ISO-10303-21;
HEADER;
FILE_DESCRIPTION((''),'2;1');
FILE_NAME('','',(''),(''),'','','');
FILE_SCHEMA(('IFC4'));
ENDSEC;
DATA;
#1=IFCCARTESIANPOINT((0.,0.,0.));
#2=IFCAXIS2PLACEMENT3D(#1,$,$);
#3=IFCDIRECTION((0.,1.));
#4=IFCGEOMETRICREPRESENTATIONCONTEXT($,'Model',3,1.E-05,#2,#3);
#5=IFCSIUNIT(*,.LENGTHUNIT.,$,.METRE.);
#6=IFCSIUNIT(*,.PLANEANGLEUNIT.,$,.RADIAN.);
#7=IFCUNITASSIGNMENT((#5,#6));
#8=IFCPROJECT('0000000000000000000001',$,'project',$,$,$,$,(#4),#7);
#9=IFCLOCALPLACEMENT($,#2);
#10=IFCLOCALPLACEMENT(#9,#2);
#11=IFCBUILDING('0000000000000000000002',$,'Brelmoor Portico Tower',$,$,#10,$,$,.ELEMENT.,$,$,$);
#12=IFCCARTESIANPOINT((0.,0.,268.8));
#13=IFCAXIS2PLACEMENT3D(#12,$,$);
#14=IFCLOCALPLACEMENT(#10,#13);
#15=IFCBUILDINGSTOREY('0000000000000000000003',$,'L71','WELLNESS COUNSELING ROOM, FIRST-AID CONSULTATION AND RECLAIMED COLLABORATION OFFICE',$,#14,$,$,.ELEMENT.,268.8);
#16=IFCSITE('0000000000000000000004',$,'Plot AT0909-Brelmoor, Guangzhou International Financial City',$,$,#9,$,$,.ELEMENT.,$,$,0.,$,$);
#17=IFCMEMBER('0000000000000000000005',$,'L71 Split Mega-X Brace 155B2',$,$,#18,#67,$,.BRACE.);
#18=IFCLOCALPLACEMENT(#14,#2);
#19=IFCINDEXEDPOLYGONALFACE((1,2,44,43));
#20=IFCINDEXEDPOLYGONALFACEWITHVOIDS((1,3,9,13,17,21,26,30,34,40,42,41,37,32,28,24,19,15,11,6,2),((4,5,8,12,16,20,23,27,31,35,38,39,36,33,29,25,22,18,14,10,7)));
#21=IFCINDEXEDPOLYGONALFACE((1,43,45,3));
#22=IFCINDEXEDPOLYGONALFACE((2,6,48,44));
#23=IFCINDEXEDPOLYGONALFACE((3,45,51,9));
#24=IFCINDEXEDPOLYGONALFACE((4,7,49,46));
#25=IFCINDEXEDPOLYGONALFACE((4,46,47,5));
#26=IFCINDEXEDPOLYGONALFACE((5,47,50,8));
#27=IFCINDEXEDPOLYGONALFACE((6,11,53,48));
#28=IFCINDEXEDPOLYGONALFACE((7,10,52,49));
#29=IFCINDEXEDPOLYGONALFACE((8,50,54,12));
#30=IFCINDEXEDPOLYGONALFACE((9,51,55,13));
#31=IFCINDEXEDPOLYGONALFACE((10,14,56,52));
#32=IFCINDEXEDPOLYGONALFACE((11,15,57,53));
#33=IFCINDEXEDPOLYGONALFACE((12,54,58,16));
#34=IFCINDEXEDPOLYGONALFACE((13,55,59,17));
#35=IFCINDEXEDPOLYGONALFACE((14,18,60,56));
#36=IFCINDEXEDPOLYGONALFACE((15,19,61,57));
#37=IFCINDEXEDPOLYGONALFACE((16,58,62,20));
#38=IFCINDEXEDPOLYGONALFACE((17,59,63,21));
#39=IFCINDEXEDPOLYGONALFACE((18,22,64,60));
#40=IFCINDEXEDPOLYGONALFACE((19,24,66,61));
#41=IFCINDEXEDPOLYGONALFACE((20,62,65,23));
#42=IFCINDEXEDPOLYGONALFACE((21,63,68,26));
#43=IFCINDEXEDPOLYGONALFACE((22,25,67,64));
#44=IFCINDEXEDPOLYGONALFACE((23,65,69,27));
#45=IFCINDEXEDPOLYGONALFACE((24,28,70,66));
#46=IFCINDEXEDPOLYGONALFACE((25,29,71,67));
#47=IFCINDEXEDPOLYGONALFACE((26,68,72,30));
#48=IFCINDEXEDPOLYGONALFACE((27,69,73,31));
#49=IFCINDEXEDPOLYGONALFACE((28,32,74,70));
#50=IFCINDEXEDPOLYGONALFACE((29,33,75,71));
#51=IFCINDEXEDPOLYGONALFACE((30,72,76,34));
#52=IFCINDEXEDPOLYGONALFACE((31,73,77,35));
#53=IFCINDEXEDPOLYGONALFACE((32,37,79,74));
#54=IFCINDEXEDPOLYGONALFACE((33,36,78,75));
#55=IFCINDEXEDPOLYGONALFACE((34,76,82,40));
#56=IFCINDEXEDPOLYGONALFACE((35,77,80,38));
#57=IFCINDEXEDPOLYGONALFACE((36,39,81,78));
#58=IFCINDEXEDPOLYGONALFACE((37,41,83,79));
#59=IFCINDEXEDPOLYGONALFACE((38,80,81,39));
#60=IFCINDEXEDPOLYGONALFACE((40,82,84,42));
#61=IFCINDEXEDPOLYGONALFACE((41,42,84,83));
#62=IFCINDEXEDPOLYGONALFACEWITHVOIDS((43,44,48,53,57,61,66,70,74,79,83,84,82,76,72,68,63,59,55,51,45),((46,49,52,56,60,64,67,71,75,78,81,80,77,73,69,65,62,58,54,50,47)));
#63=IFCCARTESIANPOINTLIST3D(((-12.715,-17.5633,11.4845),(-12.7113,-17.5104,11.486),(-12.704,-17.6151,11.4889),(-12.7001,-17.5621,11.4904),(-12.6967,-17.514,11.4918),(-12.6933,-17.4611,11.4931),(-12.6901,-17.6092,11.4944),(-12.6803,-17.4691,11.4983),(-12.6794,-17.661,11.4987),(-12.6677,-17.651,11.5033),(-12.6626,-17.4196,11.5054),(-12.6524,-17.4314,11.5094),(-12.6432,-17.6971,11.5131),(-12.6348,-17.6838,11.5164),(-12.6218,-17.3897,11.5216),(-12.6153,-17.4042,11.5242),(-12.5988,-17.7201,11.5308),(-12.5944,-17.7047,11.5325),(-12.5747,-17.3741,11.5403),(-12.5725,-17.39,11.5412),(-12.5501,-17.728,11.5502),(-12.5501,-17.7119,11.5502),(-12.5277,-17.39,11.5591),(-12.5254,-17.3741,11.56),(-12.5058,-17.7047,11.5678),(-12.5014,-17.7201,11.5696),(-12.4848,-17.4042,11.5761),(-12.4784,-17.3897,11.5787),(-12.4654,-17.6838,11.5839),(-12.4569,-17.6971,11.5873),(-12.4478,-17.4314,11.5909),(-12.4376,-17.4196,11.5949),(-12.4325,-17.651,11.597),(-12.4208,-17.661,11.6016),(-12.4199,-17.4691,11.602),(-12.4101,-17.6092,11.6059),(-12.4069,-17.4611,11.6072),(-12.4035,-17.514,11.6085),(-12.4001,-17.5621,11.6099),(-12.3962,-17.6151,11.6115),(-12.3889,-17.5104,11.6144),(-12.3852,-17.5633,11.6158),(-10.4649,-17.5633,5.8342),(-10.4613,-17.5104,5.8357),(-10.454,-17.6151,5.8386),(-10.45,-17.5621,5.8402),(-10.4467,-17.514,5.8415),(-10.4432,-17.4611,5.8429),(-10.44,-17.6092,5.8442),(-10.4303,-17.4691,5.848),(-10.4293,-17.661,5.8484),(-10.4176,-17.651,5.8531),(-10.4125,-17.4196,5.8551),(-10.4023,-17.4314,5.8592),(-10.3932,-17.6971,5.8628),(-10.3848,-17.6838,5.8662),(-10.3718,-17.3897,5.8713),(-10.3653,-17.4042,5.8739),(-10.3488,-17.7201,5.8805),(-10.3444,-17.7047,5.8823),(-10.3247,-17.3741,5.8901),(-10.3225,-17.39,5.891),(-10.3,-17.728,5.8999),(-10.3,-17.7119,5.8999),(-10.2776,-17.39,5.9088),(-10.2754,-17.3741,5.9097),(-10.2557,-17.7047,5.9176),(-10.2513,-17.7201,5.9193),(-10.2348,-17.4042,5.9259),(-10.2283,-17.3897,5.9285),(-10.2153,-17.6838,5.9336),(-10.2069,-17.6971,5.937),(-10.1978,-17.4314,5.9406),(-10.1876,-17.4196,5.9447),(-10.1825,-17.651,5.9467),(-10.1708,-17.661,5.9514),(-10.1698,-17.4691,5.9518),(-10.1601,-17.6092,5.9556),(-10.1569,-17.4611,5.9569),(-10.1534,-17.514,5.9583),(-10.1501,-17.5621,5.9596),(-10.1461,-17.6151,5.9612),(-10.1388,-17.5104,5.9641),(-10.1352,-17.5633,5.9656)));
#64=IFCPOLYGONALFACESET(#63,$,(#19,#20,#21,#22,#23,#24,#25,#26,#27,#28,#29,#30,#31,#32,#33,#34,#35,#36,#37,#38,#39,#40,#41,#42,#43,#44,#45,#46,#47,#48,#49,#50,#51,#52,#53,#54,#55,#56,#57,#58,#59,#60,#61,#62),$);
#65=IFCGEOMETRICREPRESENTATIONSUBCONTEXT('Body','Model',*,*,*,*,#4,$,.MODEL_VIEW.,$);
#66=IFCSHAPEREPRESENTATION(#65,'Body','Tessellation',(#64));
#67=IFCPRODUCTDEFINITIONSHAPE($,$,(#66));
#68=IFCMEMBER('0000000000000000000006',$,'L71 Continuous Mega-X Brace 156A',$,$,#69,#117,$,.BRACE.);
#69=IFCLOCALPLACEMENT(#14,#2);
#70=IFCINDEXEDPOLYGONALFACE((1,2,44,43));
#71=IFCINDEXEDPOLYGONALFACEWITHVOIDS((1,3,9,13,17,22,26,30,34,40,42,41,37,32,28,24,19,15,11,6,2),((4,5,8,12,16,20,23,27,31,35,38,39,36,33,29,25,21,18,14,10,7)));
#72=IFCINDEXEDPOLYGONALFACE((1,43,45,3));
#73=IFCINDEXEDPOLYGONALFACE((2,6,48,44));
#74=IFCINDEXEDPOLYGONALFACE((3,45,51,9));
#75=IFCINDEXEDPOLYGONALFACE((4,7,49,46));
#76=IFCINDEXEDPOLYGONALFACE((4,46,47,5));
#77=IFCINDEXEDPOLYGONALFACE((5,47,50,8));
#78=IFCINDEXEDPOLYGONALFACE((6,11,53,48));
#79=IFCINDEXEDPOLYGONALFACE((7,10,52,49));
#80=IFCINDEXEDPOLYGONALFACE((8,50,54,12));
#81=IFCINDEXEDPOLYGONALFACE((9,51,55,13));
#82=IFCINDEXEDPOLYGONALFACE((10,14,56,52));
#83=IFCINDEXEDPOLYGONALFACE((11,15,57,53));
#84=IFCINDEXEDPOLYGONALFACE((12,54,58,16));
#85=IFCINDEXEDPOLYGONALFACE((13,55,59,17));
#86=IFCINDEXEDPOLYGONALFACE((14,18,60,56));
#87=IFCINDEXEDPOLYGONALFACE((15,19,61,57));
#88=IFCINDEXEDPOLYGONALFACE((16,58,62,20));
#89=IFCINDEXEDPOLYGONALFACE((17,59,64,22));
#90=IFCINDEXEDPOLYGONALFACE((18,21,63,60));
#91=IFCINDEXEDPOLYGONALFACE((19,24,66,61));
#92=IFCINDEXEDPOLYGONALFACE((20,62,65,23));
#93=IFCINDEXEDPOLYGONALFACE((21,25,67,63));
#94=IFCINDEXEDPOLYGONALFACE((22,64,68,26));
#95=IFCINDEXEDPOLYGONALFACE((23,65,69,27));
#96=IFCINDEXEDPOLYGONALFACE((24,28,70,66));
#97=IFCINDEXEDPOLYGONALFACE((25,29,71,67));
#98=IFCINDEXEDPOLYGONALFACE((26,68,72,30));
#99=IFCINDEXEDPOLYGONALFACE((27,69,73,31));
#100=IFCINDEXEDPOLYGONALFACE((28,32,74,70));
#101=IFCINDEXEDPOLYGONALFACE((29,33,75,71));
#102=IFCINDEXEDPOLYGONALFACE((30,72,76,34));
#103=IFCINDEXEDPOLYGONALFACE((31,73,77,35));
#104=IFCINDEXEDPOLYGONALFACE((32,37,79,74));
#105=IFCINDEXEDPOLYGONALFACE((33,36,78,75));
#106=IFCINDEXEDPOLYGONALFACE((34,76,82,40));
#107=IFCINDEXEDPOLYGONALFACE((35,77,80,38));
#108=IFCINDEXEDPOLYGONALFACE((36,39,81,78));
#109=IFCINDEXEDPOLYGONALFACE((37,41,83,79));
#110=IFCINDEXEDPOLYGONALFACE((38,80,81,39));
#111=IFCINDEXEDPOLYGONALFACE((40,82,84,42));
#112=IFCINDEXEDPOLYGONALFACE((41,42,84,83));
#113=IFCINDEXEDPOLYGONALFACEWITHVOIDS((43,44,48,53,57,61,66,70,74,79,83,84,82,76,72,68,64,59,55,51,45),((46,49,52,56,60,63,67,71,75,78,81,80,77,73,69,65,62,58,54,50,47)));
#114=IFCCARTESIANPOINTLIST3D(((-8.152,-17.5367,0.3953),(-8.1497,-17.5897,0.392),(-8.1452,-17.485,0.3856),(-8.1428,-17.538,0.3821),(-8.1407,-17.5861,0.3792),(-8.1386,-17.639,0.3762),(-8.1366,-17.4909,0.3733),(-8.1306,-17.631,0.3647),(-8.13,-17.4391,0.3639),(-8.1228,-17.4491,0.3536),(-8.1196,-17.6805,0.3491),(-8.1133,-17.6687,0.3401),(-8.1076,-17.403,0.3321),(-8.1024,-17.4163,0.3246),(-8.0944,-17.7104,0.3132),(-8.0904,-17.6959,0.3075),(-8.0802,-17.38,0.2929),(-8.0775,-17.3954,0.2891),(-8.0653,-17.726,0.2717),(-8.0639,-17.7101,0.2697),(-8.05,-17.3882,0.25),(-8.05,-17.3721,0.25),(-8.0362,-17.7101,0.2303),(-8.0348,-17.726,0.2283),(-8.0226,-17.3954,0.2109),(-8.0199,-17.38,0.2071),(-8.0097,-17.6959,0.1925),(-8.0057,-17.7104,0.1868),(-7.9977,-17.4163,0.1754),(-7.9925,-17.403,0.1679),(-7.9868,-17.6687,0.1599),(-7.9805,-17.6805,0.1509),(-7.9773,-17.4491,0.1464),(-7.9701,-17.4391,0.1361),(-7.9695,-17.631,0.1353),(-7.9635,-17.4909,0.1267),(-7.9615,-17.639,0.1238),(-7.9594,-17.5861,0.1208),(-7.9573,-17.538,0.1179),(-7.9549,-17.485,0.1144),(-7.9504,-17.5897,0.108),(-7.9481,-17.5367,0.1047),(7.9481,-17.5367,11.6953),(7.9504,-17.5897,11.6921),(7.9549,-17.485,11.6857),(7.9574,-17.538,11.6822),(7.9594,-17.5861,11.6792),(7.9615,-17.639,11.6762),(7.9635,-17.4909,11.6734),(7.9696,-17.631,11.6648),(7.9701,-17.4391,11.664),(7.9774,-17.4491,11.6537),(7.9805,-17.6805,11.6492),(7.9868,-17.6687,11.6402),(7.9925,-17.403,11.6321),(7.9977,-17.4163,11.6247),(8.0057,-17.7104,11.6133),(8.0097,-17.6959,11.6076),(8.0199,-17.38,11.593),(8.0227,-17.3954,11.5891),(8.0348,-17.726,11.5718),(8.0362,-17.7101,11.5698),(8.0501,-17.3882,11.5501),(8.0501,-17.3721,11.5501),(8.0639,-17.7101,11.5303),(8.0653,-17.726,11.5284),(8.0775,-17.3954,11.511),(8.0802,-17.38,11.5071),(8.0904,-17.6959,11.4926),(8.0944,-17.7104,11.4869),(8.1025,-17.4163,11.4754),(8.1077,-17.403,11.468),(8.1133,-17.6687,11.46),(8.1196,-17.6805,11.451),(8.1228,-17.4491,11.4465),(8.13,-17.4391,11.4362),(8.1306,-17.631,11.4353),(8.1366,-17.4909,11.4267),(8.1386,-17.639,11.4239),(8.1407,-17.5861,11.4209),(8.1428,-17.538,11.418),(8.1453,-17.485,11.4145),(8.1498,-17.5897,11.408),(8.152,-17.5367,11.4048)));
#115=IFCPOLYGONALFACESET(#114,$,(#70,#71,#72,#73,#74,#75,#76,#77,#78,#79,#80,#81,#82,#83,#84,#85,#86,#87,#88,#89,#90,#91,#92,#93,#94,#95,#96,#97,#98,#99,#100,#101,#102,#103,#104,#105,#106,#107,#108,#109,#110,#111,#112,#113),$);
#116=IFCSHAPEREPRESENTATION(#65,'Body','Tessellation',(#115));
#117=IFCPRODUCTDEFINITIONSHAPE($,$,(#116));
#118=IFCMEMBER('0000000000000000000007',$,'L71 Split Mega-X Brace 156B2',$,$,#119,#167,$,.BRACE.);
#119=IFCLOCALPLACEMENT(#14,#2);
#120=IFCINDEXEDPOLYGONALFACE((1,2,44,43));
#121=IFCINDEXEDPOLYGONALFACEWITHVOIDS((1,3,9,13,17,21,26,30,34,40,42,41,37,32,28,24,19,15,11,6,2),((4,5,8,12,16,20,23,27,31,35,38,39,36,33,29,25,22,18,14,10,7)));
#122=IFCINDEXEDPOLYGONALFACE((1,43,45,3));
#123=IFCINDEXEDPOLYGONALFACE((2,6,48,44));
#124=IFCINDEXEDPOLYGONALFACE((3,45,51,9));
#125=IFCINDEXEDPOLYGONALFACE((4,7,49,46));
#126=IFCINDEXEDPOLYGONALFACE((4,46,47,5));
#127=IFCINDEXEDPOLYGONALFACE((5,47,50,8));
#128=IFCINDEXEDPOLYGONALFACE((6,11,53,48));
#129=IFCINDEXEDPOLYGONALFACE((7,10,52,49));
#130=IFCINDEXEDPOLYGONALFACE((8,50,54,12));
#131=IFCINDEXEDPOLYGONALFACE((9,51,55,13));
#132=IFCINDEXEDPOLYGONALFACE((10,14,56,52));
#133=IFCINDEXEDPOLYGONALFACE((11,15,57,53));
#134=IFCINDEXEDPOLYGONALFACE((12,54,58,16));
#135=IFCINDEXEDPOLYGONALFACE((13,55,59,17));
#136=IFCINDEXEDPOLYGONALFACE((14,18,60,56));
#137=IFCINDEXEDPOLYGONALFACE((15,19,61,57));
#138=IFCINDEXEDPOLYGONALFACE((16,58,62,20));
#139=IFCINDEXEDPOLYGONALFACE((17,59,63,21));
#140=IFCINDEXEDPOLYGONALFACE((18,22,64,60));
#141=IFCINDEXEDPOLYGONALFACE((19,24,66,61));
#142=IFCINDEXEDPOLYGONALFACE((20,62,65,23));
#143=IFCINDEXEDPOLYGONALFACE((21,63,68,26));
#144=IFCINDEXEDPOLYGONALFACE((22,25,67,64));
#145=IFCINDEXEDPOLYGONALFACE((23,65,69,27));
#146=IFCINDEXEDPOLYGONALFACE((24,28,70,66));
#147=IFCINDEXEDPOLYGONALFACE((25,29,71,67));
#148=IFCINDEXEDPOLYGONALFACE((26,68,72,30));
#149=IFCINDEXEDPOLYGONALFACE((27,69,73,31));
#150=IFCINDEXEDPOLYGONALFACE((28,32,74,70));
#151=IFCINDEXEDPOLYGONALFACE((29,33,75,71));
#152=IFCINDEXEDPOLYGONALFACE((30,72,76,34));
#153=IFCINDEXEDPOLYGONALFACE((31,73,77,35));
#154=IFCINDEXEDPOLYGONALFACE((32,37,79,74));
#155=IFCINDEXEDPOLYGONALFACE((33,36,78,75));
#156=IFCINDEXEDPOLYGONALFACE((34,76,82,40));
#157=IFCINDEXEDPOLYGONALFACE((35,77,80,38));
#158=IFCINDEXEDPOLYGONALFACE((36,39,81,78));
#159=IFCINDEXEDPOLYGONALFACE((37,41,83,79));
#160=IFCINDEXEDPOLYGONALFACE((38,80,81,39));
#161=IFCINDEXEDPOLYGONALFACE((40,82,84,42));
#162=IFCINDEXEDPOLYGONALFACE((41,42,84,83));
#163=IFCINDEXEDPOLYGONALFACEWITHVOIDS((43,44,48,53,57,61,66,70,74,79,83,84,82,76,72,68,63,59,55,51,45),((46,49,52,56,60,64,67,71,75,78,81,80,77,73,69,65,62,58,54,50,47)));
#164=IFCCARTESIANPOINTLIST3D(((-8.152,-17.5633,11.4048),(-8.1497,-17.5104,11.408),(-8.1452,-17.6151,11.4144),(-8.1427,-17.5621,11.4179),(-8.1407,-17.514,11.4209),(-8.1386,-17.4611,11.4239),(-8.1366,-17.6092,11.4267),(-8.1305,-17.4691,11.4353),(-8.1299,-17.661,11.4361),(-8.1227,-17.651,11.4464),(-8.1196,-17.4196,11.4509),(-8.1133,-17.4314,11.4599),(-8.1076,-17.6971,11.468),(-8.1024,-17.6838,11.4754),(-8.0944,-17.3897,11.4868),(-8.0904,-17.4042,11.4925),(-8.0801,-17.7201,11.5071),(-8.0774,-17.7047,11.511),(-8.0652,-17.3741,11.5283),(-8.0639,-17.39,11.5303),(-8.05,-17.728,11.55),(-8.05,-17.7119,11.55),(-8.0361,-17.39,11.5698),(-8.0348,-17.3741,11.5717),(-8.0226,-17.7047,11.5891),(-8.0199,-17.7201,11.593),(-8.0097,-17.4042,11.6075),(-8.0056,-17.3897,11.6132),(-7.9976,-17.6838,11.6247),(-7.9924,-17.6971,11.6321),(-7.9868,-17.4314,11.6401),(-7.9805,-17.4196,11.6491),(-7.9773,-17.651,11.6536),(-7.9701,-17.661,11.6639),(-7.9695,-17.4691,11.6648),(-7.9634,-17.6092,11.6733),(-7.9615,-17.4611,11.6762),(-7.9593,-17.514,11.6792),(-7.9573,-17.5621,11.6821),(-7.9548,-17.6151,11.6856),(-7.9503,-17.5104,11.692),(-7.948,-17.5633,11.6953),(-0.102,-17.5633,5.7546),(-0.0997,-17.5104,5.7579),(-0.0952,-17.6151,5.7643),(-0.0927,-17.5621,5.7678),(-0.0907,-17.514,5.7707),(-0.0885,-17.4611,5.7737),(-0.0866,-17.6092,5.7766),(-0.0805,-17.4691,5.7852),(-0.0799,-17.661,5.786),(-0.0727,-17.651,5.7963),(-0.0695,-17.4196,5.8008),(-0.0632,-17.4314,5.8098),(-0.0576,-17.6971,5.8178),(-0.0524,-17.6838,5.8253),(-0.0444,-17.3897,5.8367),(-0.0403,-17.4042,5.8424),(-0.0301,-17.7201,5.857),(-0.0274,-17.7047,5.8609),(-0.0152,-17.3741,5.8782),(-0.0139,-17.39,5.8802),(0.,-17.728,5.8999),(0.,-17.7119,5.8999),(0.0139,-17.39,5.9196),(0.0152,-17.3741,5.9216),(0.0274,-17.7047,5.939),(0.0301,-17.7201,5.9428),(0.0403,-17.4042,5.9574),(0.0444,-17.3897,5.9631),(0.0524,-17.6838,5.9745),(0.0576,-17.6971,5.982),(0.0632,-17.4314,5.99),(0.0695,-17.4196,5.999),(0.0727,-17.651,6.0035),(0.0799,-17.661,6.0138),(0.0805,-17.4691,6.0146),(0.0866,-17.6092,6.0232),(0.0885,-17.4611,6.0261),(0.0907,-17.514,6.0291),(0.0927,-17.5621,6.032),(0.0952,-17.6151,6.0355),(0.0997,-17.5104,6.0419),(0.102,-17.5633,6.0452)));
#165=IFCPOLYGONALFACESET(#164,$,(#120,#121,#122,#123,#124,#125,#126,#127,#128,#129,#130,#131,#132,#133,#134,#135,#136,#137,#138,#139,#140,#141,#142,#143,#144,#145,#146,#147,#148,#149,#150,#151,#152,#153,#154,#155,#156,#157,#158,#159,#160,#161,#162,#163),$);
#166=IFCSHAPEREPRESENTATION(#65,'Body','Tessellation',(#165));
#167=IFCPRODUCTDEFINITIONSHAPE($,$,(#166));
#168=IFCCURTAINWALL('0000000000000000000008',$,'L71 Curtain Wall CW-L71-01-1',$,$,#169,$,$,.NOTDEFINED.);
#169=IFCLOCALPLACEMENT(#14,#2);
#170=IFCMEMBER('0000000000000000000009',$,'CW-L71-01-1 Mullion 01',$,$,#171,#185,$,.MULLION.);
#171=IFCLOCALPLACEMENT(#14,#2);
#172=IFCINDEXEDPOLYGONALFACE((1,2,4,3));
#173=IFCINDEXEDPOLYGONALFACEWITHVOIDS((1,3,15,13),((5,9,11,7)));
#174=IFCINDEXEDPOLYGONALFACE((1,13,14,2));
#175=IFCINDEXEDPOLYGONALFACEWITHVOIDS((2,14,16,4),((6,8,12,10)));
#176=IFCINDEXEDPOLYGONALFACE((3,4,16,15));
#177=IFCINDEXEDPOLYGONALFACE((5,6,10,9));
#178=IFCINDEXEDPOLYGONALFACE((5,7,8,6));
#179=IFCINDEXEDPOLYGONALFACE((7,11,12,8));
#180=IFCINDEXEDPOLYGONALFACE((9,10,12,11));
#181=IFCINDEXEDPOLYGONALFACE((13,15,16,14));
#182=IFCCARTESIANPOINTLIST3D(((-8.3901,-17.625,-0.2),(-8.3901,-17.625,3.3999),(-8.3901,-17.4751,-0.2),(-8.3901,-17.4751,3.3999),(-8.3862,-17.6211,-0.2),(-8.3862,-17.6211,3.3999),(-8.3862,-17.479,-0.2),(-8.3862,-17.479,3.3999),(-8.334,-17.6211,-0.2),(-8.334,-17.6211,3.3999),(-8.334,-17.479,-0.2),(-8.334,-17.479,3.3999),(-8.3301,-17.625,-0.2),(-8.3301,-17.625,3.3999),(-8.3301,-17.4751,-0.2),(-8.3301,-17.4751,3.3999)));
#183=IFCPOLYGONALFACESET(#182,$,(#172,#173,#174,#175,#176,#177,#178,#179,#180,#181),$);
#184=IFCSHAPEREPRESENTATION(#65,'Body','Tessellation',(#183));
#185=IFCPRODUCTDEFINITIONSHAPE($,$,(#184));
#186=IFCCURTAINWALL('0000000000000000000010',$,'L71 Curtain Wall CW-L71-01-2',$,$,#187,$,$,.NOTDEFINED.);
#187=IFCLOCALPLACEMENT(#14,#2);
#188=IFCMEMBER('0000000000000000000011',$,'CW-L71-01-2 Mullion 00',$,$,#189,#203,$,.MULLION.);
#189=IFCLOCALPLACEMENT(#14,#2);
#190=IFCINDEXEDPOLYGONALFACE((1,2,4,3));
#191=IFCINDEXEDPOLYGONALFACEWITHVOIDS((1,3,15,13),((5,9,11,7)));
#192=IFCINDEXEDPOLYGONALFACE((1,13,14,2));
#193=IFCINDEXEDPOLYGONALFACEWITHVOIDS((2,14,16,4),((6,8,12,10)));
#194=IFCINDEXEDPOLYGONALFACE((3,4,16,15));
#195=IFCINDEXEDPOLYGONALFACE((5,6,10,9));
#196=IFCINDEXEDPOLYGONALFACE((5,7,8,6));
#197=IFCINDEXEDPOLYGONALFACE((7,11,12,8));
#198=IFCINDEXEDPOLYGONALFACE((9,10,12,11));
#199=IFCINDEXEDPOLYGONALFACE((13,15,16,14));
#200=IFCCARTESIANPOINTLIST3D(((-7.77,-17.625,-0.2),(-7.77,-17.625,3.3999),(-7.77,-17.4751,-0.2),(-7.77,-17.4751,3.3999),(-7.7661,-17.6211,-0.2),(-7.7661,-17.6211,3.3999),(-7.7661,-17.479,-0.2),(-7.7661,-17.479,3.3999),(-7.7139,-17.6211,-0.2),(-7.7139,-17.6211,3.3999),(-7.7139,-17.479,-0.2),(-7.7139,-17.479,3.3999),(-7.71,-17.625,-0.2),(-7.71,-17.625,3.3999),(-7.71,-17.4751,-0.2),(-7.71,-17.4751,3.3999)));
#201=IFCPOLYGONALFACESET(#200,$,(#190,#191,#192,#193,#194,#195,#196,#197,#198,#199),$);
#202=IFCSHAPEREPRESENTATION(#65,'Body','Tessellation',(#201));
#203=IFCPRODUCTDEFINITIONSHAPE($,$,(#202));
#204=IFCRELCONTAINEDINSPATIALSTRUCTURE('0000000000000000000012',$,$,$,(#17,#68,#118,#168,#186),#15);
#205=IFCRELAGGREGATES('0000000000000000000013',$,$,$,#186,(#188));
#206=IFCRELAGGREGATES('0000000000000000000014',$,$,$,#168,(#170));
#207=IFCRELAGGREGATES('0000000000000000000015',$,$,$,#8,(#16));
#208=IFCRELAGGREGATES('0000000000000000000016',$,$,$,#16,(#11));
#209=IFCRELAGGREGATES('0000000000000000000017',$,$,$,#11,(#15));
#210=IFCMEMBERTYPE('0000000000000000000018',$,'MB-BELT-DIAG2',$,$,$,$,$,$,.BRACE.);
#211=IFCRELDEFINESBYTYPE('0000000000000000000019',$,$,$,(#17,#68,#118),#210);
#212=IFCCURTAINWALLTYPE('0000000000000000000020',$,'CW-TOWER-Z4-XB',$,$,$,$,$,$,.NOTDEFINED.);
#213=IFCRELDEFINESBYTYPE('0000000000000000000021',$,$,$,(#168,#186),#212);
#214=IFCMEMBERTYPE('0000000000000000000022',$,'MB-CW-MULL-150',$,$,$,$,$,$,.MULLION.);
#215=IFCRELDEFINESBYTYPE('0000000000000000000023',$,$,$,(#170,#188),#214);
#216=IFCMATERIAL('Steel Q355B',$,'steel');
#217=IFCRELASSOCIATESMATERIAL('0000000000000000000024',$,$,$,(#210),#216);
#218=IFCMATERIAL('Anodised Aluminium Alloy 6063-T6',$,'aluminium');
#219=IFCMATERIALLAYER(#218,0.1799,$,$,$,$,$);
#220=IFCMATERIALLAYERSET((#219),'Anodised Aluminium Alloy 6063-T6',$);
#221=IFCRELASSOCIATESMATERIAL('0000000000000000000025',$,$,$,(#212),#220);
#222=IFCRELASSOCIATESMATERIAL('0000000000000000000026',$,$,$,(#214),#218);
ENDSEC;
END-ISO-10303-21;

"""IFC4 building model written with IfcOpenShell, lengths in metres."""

from ifc_helpers import new_model, si_unit, direction, frame, origin, origin_2d, place, context, subcontext, project, spatial, hollow_rectangle, hollow_circle, extrude, material, layer, layer_set, material_profile, profile_set, type_object, element, aggregate, save


model = new_model("IFC4")

# Units and contexts
model_context = context("Model", 3, precision=1e-05, world=origin(), true_north=direction((0.0, 1.0)))
body_context = subcontext(model_context, "Body", "Model", "MODEL_VIEW")
ifc_project = project(units=[si_unit("LENGTHUNIT", "METRE"), si_unit("PLANEANGLEUNIT", "RADIAN")], contexts=[model_context])

# Site, building, storey
site_placement = place(None, origin())
site = spatial("IfcSite", under=ifc_project, at=site_placement, Name="Plot AT0909-Brelmoor, Guangzhou International Financial City", CompositionType="ELEMENT", RefElevation=0.0)
building_placement = place(site_placement, origin())
building = spatial("IfcBuilding", under=site, at=building_placement, Name="Brelmoor Portico Tower", CompositionType="ELEMENT")
storey_placement = place(building_placement, frame((0.0, 0.0, 268.8)))
storey = spatial("IfcBuildingStorey", under=building, at=storey_placement, Name="L71", Description="WELLNESS COUNSELING ROOM, FIRST-AID CONSULTATION AND RECLAIMED COLLABORATION OFFICE", CompositionType="ELEMENT", Elevation=268.8)

# Shared definitions
ifc_material_1 = material(Name="Steel Q355B", Category="steel")

# Members
ifc_material_profile_1 = material_profile(ifc_material_1, hollow_circle(Radius=0.178, WallThickness=0.0161, at=origin_2d()), Name="CHS 356x16")
ifc_profile_set_1 = profile_set([ifc_material_profile_1], Name="Steel Q355B")
member_type_1 = type_object("IfcMemberType", Name="MB-BELT-DIAG2", PredefinedType="BRACE", material=ifc_profile_set_1)
member_1_placement = place(storey_placement, frame((-10.3, -17.55, 5.8999), z_axis=(-0.369964, 0.0, 0.929046), x_axis=(0.0, -1.0, 0.0)))
element("IfcMember", 1, at=member_1_placement, inside=storey, type_object=member_type_1, Name="L71 Split Mega-X Brace 155B2", PredefinedType="BRACE", context=body_context, shape_type="SweptSolid", body=[
    extrude(hollow_circle(Radius=0.178, WallThickness=0.0161, at=origin_2d()), origin(), (0.0, 0.0, 1.0), 6.0818),
])
member_2_placement = place(storey_placement, frame((-8.05, -17.55, 0.25), z_axis=(0.818515, 0.0, 0.574485), x_axis=(0.0, 1.0, 0.0)))
element("IfcMember", 2, at=member_2_placement, inside=storey, type_object=member_type_1, Name="L71 Continuous Mega-X Brace 156A", PredefinedType="BRACE", context=body_context, shape_type="SweptSolid", body=[
    extrude(hollow_circle(Radius=0.178, WallThickness=0.0161, at=origin_2d()), origin(), (0.0, 0.0, 1.0), 19.6699),
])
member_3_placement = place(storey_placement, frame((0.0, -17.55, 5.8999), z_axis=(-0.818509, 0.0, 0.574493), x_axis=(0.0, -1.0, 0.0)))
element("IfcMember", 3, at=member_3_placement, inside=storey, type_object=member_type_1, Name="L71 Split Mega-X Brace 156B2", PredefinedType="BRACE", context=body_context, shape_type="SweptSolid", body=[
    extrude(hollow_circle(Radius=0.178, WallThickness=0.0161, at=origin_2d()), origin(), (0.0, 0.0, 1.0), 9.835),
])

# Curtain wall, member
ifc_material_2 = material(Name="Anodised Aluminium Alloy 6063-T6", Category="aluminium")
ifc_layer_1 = layer(ifc_material_2, 0.1799)
ifc_layer_set_1 = layer_set([ifc_layer_1], Name="Anodised Aluminium Alloy 6063-T6")
curtain_wall_type = type_object("IfcCurtainWallType", Name="CW-TOWER-Z4-XB", PredefinedType="NOTDEFINED", material=ifc_layer_set_1)
curtain_wall_1_placement = place(storey_placement, origin())
curtain_wall_1 = element("IfcCurtainWall", 4, at=curtain_wall_1_placement, inside=storey, type_object=curtain_wall_type, Name="L71 Curtain Wall CW-L71-01-1", PredefinedType="NOTDEFINED")
ifc_material_profile_2 = material_profile(ifc_material_2, hollow_rectangle(XDim=0.0601, YDim=0.1499, WallThickness=0.0039, at=origin_2d()), Name="ALU MULLION 60x150")
ifc_profile_set_2 = profile_set([ifc_material_profile_2], Name="Anodised Aluminium Alloy 6063-T6")
member_type_2 = type_object("IfcMemberType", Name="MB-CW-MULL-150", PredefinedType="MULLION", material=ifc_profile_set_2)
member_4_placement = place(storey_placement, frame((-8.3601, -17.55, -0.2), z_axis=(0.0, 0.0, 1.0), x_axis=(1.0, 0.0, 0.0)))
member_4 = element("IfcMember", 5, at=member_4_placement, type_object=member_type_2, Name="CW-L71-01-1 Mullion 01", PredefinedType="MULLION", context=body_context, shape_type="SweptSolid", body=[
    extrude(hollow_rectangle(XDim=0.0601, YDim=0.1499, WallThickness=0.0039, at=origin_2d()), origin(), (0.0, 0.0, 1.0), 3.5999),
])

# Curtain wall, member
curtain_wall_2_placement = place(storey_placement, origin())
curtain_wall_2 = element("IfcCurtainWall", 6, at=curtain_wall_2_placement, inside=storey, type_object=curtain_wall_type, Name="L71 Curtain Wall CW-L71-01-2", PredefinedType="NOTDEFINED")
member_5_placement = place(storey_placement, frame((-7.74, -17.55, -0.2), z_axis=(0.0, 0.0, 1.0), x_axis=(1.0, 0.0, 0.0)))
member_5 = element("IfcMember", 7, at=member_5_placement, type_object=member_type_2, Name="CW-L71-01-2 Mullion 00", PredefinedType="MULLION", context=body_context, shape_type="SweptSolid", body=[
    extrude(hollow_rectangle(XDim=0.0601, YDim=0.1499, WallThickness=0.0039, at=origin_2d()), origin(), (0.0, 0.0, 1.0), 3.5999),
])
aggregate(curtain_wall_2, [member_5])

aggregate(curtain_wall_1, [member_4])

save(model, "model.ifc")
